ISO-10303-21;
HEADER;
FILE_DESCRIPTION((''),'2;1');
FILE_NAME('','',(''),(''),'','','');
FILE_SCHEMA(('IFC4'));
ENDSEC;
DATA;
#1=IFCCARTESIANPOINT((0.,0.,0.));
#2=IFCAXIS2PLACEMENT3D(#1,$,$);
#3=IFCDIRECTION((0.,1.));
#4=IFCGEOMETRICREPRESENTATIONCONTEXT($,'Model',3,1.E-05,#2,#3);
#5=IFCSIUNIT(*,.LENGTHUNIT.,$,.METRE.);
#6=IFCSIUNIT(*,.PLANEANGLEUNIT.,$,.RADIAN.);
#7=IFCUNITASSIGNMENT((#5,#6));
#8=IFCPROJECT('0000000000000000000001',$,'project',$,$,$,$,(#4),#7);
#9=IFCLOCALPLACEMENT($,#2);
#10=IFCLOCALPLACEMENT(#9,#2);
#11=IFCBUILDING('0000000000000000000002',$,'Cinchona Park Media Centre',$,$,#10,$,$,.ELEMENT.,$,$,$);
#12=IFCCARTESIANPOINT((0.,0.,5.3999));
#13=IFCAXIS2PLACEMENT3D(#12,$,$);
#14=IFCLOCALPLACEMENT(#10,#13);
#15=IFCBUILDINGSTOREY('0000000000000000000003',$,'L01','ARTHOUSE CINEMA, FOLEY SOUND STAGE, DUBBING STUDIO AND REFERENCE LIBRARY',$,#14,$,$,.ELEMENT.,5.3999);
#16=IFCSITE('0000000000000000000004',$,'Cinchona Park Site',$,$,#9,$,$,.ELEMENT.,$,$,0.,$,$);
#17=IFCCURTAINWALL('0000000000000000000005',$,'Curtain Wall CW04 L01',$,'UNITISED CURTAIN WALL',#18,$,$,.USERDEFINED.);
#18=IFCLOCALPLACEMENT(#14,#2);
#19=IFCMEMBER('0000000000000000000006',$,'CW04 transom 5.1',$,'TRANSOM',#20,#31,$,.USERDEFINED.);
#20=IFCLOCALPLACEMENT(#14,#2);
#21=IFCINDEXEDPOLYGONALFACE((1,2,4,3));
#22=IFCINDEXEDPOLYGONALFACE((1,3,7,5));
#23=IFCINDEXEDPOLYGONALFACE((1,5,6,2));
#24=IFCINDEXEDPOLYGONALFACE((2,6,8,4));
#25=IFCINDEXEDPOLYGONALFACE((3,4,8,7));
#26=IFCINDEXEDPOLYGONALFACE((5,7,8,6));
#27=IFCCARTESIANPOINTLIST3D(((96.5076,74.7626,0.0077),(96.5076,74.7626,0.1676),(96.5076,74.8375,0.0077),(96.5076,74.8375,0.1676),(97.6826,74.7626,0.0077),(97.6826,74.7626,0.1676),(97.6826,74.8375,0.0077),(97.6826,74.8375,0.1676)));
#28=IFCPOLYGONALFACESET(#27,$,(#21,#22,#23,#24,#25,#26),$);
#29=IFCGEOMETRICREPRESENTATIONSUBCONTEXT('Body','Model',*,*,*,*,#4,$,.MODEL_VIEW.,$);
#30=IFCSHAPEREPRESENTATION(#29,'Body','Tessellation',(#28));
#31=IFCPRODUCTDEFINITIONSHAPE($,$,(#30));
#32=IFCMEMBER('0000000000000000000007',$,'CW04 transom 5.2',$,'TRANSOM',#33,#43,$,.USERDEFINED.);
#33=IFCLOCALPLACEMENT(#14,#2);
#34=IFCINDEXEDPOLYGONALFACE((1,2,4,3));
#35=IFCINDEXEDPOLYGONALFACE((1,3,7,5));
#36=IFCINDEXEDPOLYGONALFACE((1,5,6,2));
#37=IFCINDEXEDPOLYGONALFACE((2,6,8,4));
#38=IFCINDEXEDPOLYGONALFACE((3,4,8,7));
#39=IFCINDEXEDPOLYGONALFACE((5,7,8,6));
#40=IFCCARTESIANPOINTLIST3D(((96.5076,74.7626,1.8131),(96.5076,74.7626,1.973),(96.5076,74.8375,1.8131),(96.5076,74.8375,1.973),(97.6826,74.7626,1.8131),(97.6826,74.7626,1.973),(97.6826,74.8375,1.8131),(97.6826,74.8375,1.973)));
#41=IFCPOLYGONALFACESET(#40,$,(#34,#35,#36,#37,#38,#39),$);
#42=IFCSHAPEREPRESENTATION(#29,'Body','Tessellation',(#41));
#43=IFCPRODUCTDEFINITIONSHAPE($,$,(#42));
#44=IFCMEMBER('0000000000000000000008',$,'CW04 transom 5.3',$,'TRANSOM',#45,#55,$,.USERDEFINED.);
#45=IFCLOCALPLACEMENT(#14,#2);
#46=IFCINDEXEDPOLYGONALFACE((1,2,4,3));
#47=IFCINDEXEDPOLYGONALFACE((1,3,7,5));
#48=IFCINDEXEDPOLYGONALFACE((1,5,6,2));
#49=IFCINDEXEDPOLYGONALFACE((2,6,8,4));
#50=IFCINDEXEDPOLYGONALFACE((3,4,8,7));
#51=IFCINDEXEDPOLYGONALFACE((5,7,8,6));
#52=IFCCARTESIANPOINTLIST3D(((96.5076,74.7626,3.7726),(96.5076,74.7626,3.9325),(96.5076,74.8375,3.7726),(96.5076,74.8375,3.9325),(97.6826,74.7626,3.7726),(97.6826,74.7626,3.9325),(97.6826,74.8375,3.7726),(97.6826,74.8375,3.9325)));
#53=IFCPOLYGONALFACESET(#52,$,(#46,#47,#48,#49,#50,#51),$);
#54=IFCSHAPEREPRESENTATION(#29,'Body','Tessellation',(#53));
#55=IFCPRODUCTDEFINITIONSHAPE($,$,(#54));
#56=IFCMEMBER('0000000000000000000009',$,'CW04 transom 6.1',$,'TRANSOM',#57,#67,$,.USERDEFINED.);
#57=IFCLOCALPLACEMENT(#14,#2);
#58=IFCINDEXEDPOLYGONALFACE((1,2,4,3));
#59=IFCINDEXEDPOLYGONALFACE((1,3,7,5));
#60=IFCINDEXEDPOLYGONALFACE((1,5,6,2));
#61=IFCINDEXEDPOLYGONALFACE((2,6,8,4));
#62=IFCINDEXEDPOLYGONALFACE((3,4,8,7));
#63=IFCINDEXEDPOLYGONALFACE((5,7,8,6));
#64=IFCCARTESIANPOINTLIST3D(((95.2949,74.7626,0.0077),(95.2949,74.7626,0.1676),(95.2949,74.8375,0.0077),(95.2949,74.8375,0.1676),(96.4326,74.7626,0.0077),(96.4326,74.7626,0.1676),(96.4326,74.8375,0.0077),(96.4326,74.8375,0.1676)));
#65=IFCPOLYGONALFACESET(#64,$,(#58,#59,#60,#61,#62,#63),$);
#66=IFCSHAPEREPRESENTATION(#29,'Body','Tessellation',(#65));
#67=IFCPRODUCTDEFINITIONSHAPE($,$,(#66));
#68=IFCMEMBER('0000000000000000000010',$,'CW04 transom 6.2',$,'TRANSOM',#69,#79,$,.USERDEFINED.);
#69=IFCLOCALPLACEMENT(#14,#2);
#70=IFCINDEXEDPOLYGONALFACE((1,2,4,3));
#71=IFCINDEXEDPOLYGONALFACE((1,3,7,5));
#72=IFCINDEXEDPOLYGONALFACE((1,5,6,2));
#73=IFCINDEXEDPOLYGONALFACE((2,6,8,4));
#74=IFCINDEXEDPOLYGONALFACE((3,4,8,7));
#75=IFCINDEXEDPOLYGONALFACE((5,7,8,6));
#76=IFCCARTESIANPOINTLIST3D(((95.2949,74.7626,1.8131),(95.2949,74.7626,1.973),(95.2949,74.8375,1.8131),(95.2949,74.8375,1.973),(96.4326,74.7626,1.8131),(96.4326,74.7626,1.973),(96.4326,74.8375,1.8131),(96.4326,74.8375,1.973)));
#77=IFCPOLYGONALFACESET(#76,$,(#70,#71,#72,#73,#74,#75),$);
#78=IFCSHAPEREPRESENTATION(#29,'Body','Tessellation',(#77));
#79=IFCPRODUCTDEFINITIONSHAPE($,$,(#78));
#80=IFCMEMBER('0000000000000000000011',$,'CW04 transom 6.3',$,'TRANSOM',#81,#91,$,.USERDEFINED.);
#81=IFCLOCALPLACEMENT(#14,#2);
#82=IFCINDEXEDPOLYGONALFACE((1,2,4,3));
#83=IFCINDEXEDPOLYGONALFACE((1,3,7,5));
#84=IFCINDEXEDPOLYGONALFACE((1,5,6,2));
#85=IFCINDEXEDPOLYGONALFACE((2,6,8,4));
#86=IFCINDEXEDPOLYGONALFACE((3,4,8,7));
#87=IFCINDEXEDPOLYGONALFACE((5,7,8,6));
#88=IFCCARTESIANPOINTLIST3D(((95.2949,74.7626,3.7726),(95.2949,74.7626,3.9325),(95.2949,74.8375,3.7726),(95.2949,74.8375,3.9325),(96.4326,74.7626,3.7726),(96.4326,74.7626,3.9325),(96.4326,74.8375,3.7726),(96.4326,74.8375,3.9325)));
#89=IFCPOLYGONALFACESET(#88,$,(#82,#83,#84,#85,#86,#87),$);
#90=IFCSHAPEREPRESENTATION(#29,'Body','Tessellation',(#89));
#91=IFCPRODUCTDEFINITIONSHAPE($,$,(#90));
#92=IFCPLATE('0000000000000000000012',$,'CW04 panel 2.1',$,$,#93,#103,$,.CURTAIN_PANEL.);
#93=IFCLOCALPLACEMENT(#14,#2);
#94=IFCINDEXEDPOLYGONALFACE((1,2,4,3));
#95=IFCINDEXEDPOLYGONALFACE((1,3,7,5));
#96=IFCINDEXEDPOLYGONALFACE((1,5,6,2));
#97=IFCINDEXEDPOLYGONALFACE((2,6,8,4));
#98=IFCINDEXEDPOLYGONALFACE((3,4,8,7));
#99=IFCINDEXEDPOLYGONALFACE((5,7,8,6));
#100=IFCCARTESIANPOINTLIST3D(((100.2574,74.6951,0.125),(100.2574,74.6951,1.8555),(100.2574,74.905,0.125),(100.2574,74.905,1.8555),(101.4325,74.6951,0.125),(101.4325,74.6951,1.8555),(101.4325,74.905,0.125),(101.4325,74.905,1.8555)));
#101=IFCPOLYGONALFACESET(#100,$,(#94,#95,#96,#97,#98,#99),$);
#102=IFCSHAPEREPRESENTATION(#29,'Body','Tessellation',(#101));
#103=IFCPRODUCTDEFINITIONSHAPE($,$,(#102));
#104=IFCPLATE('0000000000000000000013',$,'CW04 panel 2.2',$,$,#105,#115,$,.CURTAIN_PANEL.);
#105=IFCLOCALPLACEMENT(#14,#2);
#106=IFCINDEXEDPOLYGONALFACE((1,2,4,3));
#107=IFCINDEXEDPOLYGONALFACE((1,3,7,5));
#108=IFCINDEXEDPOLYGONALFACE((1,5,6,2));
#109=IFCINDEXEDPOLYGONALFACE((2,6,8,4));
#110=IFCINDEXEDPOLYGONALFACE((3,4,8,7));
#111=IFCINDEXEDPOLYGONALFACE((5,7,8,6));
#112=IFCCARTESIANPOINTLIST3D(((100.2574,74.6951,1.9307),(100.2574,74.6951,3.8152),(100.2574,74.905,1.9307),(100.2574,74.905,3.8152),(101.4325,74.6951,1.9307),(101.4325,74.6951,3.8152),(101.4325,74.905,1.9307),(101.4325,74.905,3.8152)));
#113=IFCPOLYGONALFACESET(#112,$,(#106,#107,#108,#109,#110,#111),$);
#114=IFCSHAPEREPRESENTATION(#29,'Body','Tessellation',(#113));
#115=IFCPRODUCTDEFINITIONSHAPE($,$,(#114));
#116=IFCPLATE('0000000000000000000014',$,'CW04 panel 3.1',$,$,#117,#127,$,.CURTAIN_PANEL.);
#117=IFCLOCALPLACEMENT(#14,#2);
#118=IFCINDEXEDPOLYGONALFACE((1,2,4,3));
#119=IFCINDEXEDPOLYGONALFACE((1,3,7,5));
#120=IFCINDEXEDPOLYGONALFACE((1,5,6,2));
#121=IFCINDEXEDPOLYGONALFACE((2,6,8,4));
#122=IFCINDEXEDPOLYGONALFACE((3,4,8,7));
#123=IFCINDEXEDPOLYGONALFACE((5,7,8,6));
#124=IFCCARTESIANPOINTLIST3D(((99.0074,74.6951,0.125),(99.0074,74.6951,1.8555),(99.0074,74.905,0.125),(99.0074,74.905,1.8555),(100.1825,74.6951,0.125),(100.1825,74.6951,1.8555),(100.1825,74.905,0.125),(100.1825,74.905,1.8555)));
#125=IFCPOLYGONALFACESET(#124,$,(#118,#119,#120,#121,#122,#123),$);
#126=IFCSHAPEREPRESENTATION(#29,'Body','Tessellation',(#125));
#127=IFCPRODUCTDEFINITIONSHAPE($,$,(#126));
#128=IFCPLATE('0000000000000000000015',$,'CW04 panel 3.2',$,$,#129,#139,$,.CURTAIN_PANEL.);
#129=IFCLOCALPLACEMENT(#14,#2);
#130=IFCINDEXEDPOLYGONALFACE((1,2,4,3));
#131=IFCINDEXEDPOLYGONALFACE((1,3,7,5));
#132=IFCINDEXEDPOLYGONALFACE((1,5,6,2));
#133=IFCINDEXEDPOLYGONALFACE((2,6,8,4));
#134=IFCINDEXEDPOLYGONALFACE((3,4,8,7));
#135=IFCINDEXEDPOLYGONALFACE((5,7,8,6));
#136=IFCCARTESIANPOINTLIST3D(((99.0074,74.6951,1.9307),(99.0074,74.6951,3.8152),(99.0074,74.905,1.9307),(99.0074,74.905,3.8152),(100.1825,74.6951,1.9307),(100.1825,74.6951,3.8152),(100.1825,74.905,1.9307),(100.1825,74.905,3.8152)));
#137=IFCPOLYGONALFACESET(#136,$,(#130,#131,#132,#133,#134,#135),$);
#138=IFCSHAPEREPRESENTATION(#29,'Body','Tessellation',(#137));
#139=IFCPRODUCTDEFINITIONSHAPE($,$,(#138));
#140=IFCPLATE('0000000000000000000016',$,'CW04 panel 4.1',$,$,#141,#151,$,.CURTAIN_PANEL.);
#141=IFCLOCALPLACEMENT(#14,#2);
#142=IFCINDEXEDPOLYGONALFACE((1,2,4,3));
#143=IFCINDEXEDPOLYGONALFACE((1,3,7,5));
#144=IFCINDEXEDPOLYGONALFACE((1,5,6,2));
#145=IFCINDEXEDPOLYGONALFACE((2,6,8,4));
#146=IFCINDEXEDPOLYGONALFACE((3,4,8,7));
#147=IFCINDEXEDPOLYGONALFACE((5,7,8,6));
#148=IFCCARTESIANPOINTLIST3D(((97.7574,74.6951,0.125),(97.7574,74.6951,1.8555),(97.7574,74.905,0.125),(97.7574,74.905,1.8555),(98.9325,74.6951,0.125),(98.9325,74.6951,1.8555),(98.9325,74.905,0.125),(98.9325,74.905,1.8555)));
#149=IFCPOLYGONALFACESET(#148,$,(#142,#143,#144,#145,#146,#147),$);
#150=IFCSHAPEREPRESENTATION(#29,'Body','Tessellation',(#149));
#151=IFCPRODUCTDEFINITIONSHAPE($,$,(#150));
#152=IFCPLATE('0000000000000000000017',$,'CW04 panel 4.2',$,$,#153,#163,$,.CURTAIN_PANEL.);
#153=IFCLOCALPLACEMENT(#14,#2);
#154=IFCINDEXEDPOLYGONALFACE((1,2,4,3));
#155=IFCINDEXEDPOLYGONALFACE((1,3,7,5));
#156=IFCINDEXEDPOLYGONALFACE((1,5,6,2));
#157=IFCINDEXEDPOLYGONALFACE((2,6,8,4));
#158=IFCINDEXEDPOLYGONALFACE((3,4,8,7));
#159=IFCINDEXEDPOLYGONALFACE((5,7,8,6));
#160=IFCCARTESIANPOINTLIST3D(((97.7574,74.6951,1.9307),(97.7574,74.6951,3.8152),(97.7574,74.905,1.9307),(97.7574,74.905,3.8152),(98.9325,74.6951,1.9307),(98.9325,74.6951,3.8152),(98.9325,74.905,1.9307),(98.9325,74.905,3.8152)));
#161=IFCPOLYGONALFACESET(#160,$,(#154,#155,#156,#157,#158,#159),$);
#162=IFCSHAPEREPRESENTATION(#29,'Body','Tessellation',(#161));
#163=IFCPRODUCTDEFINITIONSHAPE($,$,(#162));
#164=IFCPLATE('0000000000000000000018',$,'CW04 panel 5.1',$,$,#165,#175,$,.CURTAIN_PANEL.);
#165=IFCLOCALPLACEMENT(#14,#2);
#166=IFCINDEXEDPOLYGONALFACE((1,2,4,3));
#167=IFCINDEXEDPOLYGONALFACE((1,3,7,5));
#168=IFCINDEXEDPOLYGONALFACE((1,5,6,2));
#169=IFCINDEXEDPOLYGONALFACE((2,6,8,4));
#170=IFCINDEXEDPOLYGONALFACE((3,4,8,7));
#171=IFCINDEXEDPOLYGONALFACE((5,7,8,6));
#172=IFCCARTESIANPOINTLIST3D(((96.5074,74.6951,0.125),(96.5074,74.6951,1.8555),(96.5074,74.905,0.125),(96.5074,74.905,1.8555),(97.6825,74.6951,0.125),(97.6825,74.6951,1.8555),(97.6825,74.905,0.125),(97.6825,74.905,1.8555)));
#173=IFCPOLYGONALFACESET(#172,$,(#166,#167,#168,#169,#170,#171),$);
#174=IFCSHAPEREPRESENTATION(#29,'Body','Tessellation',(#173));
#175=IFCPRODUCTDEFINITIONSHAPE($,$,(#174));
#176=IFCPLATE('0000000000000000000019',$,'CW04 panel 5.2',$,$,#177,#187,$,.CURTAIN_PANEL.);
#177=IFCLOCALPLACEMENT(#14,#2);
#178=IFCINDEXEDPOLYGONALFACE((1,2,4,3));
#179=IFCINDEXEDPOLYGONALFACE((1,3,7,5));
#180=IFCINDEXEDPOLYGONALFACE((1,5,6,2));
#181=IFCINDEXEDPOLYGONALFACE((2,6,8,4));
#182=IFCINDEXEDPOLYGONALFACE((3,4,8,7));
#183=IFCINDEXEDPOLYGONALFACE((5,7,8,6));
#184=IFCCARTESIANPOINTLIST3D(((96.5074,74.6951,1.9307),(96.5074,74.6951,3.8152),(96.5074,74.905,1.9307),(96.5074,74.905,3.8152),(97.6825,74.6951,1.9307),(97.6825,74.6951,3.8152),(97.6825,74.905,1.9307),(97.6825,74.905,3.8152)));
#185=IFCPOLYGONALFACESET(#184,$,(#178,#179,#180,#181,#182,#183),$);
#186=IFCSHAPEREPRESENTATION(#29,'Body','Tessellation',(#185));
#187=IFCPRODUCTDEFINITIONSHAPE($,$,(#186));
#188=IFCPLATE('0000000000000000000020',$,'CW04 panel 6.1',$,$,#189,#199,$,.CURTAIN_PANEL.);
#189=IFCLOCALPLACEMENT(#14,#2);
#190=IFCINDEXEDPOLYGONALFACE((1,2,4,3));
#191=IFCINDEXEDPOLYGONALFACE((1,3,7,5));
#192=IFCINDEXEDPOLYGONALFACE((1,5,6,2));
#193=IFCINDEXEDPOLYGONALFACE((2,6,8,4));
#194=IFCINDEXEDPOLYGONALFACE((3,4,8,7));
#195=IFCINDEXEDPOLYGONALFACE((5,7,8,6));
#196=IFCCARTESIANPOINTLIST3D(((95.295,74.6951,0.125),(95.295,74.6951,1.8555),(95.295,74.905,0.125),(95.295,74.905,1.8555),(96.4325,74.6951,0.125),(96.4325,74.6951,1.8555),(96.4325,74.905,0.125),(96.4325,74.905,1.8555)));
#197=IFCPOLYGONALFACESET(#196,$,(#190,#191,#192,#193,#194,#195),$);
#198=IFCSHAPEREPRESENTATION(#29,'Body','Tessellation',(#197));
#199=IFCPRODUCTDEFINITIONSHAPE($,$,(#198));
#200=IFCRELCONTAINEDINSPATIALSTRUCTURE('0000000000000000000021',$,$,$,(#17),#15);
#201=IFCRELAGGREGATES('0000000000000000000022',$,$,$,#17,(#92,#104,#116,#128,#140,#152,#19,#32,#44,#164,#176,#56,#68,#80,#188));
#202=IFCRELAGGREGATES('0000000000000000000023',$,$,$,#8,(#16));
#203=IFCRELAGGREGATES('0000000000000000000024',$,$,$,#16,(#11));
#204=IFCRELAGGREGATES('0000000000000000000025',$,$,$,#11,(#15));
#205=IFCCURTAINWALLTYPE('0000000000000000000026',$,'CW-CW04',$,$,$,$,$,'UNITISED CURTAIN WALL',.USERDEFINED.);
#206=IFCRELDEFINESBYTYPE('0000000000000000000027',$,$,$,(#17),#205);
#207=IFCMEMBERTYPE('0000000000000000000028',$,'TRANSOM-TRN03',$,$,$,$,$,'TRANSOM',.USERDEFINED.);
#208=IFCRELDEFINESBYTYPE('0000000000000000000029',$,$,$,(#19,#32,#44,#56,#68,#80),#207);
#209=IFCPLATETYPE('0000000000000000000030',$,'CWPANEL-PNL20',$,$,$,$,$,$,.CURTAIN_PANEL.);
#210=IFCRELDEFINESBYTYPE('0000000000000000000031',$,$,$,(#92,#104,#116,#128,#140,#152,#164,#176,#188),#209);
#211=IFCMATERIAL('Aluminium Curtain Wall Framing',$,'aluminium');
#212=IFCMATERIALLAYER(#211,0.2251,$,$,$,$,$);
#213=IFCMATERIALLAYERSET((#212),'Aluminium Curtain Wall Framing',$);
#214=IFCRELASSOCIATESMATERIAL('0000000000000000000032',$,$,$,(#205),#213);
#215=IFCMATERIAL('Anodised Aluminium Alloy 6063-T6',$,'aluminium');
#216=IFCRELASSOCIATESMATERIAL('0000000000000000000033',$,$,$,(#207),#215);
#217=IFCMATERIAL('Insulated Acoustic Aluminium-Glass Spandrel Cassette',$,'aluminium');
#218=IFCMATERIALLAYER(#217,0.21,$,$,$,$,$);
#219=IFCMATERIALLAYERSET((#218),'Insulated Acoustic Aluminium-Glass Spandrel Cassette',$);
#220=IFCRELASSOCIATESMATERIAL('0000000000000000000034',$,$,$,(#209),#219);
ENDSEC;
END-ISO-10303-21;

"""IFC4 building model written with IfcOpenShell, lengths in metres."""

from ifc_helpers import new_model, si_unit, direction, frame, origin, origin_2d, place, context, subcontext, project, spatial, rectangle, extrude, material, layer, layer_set, material_profile, profile_set, type_object, element, aggregate, save


model = new_model("IFC4")

# Units and contexts
model_context = context("Model", 3, precision=1e-05, world=origin(), true_north=direction((0.0, 1.0)))
body_context = subcontext(model_context, "Body", "Model", "MODEL_VIEW")
ifc_project = project(units=[si_unit("LENGTHUNIT", "METRE"), si_unit("PLANEANGLEUNIT", "RADIAN")], contexts=[model_context])

# Site, building, storey
site_placement = place(None, origin())
site = spatial("IfcSite", under=ifc_project, at=site_placement, Name="Cinchona Park Site", CompositionType="ELEMENT", RefElevation=0.0)
building_placement = place(site_placement, origin())
building = spatial("IfcBuilding", under=site, at=building_placement, Name="Cinchona Park Media Centre", CompositionType="ELEMENT")
storey_placement = place(building_placement, frame((0.0, 0.0, 5.3999)))
storey = spatial("IfcBuildingStorey", under=building, at=storey_placement, Name="L01", Description="ARTHOUSE CINEMA, FOLEY SOUND STAGE, DUBBING STUDIO AND REFERENCE LIBRARY", CompositionType="ELEMENT", Elevation=5.3999)

# Curtain wall, members, plates
ifc_material_1 = material(Name="Aluminium Curtain Wall Framing", Category="aluminium")
ifc_layer_1 = layer(ifc_material_1, 0.2251)
ifc_layer_set_1 = layer_set([ifc_layer_1], Name="Aluminium Curtain Wall Framing")
curtain_wall_type = type_object("IfcCurtainWallType", Name="CW-CW04", ElementType="UNITISED CURTAIN WALL", PredefinedType="USERDEFINED", material=ifc_layer_set_1)
curtain_wall_placement = place(storey_placement, origin())
curtain_wall = element("IfcCurtainWall", 1, at=curtain_wall_placement, inside=storey, type_object=curtain_wall_type, Name="Curtain Wall CW04 L01", ObjectType="UNITISED CURTAIN WALL", PredefinedType="USERDEFINED")
ifc_material_2 = material(Name="Anodised Aluminium Alloy 6063-T6", Category="aluminium")
ifc_material_profile_1 = material_profile(ifc_material_2, rectangle(XDim=0.075, YDim=0.1599, at=origin_2d()), Name="TRN-75X160")
ifc_profile_set_1 = profile_set([ifc_material_profile_1], Name="Anodised Aluminium Alloy 6063-T6")
member_type_1 = type_object("IfcMemberType", Name="TRANSOM-TRN03", ElementType="TRANSOM", PredefinedType="USERDEFINED", material=ifc_profile_set_1)
member_1_placement = place(storey_placement, frame((97.6826, 74.8, 0.0876), z_axis=(-1.0, 0.0, 0.0), x_axis=(0.0, -1.0, 0.0)))
member_1 = element("IfcMember", 2, at=member_1_placement, type_object=member_type_1, Name="CW04 transom 5.1", ObjectType="TRANSOM", PredefinedType="USERDEFINED", context=body_context, shape_type="SweptSolid", body=[
    extrude(rectangle(XDim=0.075, YDim=0.1599, at=origin_2d()), origin(), (0.0, 0.0, 1.0), 1.175),
])
member_2_placement = place(storey_placement, frame((97.6826, 74.8, 1.8931), z_axis=(-1.0, 0.0, 0.0), x_axis=(0.0, -1.0, 0.0)))
member_2 = element("IfcMember", 3, at=member_2_placement, type_object=member_type_1, Name="CW04 transom 5.2", ObjectType="TRANSOM", PredefinedType="USERDEFINED", context=body_context, shape_type="SweptSolid", body=[
    extrude(rectangle(XDim=0.075, YDim=0.1599, at=origin_2d()), origin(), (0.0, 0.0, 1.0), 1.175),
])
member_3_placement = place(storey_placement, frame((97.6826, 74.8, 3.8525), z_axis=(-1.0, 0.0, 0.0), x_axis=(0.0, -1.0, 0.0)))
member_3 = element("IfcMember", 4, at=member_3_placement, type_object=member_type_1, Name="CW04 transom 5.3", ObjectType="TRANSOM", PredefinedType="USERDEFINED", context=body_context, shape_type="SweptSolid", body=[
    extrude(rectangle(XDim=0.075, YDim=0.1599, at=origin_2d()), origin(), (0.0, 0.0, 1.0), 1.175),
])
member_4_placement = place(storey_placement, frame((96.4326, 74.8, 0.0876), z_axis=(-1.0, 0.0, 0.0), x_axis=(0.0, -1.0, 0.0)))
member_4 = element("IfcMember", 5, at=member_4_placement, type_object=member_type_1, Name="CW04 transom 6.1", ObjectType="TRANSOM", PredefinedType="USERDEFINED", context=body_context, shape_type="SweptSolid", body=[
    extrude(rectangle(XDim=0.075, YDim=0.1599, at=origin_2d()), origin(), (0.0, 0.0, 1.0), 1.1377),
])
member_5_placement = place(storey_placement, frame((96.4326, 74.8, 1.8931), z_axis=(-1.0, 0.0, 0.0), x_axis=(0.0, -1.0, 0.0)))
member_5 = element("IfcMember", 6, at=member_5_placement, type_object=member_type_1, Name="CW04 transom 6.2", ObjectType="TRANSOM", PredefinedType="USERDEFINED", context=body_context, shape_type="SweptSolid", body=[
    extrude(rectangle(XDim=0.075, YDim=0.1599, at=origin_2d()), origin(), (0.0, 0.0, 1.0), 1.1377),
])
member_6_placement = place(storey_placement, frame((96.4326, 74.8, 3.8525), z_axis=(-1.0, 0.0, 0.0), x_axis=(0.0, -1.0, 0.0)))
member_6 = element("IfcMember", 7, at=member_6_placement, type_object=member_type_1, Name="CW04 transom 6.3", ObjectType="TRANSOM", PredefinedType="USERDEFINED", context=body_context, shape_type="SweptSolid", body=[
    extrude(rectangle(XDim=0.075, YDim=0.1599, at=origin_2d()), origin(), (0.0, 0.0, 1.0), 1.1377),
])
ifc_material_3 = material(Name="Insulated Acoustic Aluminium-Glass Spandrel Cassette", Category="aluminium")
ifc_layer_2 = layer(ifc_material_3, 0.21)
ifc_layer_set_2 = layer_set([ifc_layer_2], Name="Insulated Acoustic Aluminium-Glass Spandrel Cassette")
plate_type = type_object("IfcPlateType", Name="CWPANEL-PNL20", PredefinedType="CURTAIN_PANEL", material=ifc_layer_set_2)
plate_1_placement = place(storey_placement, frame((100.845, 74.8, 0.125), z_axis=(0.0, 0.0, 1.0), x_axis=(-1.0, 0.0, 0.0)))
plate_1 = element("IfcPlate", 8, at=plate_1_placement, type_object=plate_type, Name="CW04 panel 2.1", PredefinedType="CURTAIN_PANEL", context=body_context, shape_type="SweptSolid", body=[
    extrude(rectangle(XDim=1.175, YDim=0.21, at=origin_2d()), origin(), (0.0, 0.0, 1.0), 1.7305),
])
plate_2_placement = place(storey_placement, frame((100.845, 74.8, 1.9307), z_axis=(0.0, 0.0, 1.0), x_axis=(-1.0, 0.0, 0.0)))
plate_2 = element("IfcPlate", 9, at=plate_2_placement, type_object=plate_type, Name="CW04 panel 2.2", PredefinedType="CURTAIN_PANEL", context=body_context, shape_type="SweptSolid", body=[
    extrude(rectangle(XDim=1.175, YDim=0.21, at=origin_2d()), origin(), (0.0, 0.0, 1.0), 1.8845),
])
plate_3_placement = place(storey_placement, frame((99.595, 74.8, 0.125), z_axis=(0.0, 0.0, 1.0), x_axis=(-1.0, 0.0, 0.0)))
plate_3 = element("IfcPlate", 10, at=plate_3_placement, type_object=plate_type, Name="CW04 panel 3.1", PredefinedType="CURTAIN_PANEL", context=body_context, shape_type="SweptSolid", body=[
    extrude(rectangle(XDim=1.175, YDim=0.21, at=origin_2d()), origin(), (0.0, 0.0, 1.0), 1.7305),
])
plate_4_placement = place(storey_placement, frame((99.595, 74.8, 1.9307), z_axis=(0.0, 0.0, 1.0), x_axis=(-1.0, 0.0, 0.0)))
plate_4 = element("IfcPlate", 11, at=plate_4_placement, type_object=plate_type, Name="CW04 panel 3.2", PredefinedType="CURTAIN_PANEL", context=body_context, shape_type="SweptSolid", body=[
    extrude(rectangle(XDim=1.175, YDim=0.21, at=origin_2d()), origin(), (0.0, 0.0, 1.0), 1.8845),
])
plate_5_placement = place(storey_placement, frame((98.345, 74.8, 0.125), z_axis=(0.0, 0.0, 1.0), x_axis=(-1.0, 0.0, 0.0)))
plate_5 = element("IfcPlate", 12, at=plate_5_placement, type_object=plate_type, Name="CW04 panel 4.1", PredefinedType="CURTAIN_PANEL", context=body_context, shape_type="SweptSolid", body=[
    extrude(rectangle(XDim=1.175, YDim=0.21, at=origin_2d()), origin(), (0.0, 0.0, 1.0), 1.7305),
])
plate_6_placement = place(storey_placement, frame((98.345, 74.8, 1.9307), z_axis=(0.0, 0.0, 1.0), x_axis=(-1.0, 0.0, 0.0)))
plate_6 = element("IfcPlate", 13, at=plate_6_placement, type_object=plate_type, Name="CW04 panel 4.2", PredefinedType="CURTAIN_PANEL", context=body_context, shape_type="SweptSolid", body=[
    extrude(rectangle(XDim=1.175, YDim=0.21, at=origin_2d()), origin(), (0.0, 0.0, 1.0), 1.8845),
])
plate_7_placement = place(storey_placement, frame((97.095, 74.8, 0.125), z_axis=(0.0, 0.0, 1.0), x_axis=(-1.0, 0.0, 0.0)))
plate_7 = element("IfcPlate", 14, at=plate_7_placement, type_object=plate_type, Name="CW04 panel 5.1", PredefinedType="CURTAIN_PANEL", context=body_context, shape_type="SweptSolid", body=[
    extrude(rectangle(XDim=1.175, YDim=0.21, at=origin_2d()), origin(), (0.0, 0.0, 1.0), 1.7305),
])
plate_8_placement = place(storey_placement, frame((97.095, 74.8, 1.9307), z_axis=(0.0, 0.0, 1.0), x_axis=(-1.0, 0.0, 0.0)))
plate_8 = element("IfcPlate", 15, at=plate_8_placement, type_object=plate_type, Name="CW04 panel 5.2", PredefinedType="CURTAIN_PANEL", context=body_context, shape_type="SweptSolid", body=[
    extrude(rectangle(XDim=1.175, YDim=0.21, at=origin_2d()), origin(), (0.0, 0.0, 1.0), 1.8845),
])
plate_9_placement = place(storey_placement, frame((95.8638, 74.8, 0.125), z_axis=(0.0, 0.0, 1.0), x_axis=(-1.0, 0.0, 0.0)))
plate_9 = element("IfcPlate", 16, at=plate_9_placement, type_object=plate_type, Name="CW04 panel 6.1", PredefinedType="CURTAIN_PANEL", context=body_context, shape_type="SweptSolid", body=[
    extrude(rectangle(XDim=1.1375, YDim=0.21, at=origin_2d()), origin(), (0.0, 0.0, 1.0), 1.7305),
])
aggregate(curtain_wall, [plate_1, plate_2, plate_3, plate_4, plate_5, plate_6, member_1, member_2, member_3, plate_7, plate_8, member_4, member_5, member_6, plate_9])

save(model, "model.ifc")
